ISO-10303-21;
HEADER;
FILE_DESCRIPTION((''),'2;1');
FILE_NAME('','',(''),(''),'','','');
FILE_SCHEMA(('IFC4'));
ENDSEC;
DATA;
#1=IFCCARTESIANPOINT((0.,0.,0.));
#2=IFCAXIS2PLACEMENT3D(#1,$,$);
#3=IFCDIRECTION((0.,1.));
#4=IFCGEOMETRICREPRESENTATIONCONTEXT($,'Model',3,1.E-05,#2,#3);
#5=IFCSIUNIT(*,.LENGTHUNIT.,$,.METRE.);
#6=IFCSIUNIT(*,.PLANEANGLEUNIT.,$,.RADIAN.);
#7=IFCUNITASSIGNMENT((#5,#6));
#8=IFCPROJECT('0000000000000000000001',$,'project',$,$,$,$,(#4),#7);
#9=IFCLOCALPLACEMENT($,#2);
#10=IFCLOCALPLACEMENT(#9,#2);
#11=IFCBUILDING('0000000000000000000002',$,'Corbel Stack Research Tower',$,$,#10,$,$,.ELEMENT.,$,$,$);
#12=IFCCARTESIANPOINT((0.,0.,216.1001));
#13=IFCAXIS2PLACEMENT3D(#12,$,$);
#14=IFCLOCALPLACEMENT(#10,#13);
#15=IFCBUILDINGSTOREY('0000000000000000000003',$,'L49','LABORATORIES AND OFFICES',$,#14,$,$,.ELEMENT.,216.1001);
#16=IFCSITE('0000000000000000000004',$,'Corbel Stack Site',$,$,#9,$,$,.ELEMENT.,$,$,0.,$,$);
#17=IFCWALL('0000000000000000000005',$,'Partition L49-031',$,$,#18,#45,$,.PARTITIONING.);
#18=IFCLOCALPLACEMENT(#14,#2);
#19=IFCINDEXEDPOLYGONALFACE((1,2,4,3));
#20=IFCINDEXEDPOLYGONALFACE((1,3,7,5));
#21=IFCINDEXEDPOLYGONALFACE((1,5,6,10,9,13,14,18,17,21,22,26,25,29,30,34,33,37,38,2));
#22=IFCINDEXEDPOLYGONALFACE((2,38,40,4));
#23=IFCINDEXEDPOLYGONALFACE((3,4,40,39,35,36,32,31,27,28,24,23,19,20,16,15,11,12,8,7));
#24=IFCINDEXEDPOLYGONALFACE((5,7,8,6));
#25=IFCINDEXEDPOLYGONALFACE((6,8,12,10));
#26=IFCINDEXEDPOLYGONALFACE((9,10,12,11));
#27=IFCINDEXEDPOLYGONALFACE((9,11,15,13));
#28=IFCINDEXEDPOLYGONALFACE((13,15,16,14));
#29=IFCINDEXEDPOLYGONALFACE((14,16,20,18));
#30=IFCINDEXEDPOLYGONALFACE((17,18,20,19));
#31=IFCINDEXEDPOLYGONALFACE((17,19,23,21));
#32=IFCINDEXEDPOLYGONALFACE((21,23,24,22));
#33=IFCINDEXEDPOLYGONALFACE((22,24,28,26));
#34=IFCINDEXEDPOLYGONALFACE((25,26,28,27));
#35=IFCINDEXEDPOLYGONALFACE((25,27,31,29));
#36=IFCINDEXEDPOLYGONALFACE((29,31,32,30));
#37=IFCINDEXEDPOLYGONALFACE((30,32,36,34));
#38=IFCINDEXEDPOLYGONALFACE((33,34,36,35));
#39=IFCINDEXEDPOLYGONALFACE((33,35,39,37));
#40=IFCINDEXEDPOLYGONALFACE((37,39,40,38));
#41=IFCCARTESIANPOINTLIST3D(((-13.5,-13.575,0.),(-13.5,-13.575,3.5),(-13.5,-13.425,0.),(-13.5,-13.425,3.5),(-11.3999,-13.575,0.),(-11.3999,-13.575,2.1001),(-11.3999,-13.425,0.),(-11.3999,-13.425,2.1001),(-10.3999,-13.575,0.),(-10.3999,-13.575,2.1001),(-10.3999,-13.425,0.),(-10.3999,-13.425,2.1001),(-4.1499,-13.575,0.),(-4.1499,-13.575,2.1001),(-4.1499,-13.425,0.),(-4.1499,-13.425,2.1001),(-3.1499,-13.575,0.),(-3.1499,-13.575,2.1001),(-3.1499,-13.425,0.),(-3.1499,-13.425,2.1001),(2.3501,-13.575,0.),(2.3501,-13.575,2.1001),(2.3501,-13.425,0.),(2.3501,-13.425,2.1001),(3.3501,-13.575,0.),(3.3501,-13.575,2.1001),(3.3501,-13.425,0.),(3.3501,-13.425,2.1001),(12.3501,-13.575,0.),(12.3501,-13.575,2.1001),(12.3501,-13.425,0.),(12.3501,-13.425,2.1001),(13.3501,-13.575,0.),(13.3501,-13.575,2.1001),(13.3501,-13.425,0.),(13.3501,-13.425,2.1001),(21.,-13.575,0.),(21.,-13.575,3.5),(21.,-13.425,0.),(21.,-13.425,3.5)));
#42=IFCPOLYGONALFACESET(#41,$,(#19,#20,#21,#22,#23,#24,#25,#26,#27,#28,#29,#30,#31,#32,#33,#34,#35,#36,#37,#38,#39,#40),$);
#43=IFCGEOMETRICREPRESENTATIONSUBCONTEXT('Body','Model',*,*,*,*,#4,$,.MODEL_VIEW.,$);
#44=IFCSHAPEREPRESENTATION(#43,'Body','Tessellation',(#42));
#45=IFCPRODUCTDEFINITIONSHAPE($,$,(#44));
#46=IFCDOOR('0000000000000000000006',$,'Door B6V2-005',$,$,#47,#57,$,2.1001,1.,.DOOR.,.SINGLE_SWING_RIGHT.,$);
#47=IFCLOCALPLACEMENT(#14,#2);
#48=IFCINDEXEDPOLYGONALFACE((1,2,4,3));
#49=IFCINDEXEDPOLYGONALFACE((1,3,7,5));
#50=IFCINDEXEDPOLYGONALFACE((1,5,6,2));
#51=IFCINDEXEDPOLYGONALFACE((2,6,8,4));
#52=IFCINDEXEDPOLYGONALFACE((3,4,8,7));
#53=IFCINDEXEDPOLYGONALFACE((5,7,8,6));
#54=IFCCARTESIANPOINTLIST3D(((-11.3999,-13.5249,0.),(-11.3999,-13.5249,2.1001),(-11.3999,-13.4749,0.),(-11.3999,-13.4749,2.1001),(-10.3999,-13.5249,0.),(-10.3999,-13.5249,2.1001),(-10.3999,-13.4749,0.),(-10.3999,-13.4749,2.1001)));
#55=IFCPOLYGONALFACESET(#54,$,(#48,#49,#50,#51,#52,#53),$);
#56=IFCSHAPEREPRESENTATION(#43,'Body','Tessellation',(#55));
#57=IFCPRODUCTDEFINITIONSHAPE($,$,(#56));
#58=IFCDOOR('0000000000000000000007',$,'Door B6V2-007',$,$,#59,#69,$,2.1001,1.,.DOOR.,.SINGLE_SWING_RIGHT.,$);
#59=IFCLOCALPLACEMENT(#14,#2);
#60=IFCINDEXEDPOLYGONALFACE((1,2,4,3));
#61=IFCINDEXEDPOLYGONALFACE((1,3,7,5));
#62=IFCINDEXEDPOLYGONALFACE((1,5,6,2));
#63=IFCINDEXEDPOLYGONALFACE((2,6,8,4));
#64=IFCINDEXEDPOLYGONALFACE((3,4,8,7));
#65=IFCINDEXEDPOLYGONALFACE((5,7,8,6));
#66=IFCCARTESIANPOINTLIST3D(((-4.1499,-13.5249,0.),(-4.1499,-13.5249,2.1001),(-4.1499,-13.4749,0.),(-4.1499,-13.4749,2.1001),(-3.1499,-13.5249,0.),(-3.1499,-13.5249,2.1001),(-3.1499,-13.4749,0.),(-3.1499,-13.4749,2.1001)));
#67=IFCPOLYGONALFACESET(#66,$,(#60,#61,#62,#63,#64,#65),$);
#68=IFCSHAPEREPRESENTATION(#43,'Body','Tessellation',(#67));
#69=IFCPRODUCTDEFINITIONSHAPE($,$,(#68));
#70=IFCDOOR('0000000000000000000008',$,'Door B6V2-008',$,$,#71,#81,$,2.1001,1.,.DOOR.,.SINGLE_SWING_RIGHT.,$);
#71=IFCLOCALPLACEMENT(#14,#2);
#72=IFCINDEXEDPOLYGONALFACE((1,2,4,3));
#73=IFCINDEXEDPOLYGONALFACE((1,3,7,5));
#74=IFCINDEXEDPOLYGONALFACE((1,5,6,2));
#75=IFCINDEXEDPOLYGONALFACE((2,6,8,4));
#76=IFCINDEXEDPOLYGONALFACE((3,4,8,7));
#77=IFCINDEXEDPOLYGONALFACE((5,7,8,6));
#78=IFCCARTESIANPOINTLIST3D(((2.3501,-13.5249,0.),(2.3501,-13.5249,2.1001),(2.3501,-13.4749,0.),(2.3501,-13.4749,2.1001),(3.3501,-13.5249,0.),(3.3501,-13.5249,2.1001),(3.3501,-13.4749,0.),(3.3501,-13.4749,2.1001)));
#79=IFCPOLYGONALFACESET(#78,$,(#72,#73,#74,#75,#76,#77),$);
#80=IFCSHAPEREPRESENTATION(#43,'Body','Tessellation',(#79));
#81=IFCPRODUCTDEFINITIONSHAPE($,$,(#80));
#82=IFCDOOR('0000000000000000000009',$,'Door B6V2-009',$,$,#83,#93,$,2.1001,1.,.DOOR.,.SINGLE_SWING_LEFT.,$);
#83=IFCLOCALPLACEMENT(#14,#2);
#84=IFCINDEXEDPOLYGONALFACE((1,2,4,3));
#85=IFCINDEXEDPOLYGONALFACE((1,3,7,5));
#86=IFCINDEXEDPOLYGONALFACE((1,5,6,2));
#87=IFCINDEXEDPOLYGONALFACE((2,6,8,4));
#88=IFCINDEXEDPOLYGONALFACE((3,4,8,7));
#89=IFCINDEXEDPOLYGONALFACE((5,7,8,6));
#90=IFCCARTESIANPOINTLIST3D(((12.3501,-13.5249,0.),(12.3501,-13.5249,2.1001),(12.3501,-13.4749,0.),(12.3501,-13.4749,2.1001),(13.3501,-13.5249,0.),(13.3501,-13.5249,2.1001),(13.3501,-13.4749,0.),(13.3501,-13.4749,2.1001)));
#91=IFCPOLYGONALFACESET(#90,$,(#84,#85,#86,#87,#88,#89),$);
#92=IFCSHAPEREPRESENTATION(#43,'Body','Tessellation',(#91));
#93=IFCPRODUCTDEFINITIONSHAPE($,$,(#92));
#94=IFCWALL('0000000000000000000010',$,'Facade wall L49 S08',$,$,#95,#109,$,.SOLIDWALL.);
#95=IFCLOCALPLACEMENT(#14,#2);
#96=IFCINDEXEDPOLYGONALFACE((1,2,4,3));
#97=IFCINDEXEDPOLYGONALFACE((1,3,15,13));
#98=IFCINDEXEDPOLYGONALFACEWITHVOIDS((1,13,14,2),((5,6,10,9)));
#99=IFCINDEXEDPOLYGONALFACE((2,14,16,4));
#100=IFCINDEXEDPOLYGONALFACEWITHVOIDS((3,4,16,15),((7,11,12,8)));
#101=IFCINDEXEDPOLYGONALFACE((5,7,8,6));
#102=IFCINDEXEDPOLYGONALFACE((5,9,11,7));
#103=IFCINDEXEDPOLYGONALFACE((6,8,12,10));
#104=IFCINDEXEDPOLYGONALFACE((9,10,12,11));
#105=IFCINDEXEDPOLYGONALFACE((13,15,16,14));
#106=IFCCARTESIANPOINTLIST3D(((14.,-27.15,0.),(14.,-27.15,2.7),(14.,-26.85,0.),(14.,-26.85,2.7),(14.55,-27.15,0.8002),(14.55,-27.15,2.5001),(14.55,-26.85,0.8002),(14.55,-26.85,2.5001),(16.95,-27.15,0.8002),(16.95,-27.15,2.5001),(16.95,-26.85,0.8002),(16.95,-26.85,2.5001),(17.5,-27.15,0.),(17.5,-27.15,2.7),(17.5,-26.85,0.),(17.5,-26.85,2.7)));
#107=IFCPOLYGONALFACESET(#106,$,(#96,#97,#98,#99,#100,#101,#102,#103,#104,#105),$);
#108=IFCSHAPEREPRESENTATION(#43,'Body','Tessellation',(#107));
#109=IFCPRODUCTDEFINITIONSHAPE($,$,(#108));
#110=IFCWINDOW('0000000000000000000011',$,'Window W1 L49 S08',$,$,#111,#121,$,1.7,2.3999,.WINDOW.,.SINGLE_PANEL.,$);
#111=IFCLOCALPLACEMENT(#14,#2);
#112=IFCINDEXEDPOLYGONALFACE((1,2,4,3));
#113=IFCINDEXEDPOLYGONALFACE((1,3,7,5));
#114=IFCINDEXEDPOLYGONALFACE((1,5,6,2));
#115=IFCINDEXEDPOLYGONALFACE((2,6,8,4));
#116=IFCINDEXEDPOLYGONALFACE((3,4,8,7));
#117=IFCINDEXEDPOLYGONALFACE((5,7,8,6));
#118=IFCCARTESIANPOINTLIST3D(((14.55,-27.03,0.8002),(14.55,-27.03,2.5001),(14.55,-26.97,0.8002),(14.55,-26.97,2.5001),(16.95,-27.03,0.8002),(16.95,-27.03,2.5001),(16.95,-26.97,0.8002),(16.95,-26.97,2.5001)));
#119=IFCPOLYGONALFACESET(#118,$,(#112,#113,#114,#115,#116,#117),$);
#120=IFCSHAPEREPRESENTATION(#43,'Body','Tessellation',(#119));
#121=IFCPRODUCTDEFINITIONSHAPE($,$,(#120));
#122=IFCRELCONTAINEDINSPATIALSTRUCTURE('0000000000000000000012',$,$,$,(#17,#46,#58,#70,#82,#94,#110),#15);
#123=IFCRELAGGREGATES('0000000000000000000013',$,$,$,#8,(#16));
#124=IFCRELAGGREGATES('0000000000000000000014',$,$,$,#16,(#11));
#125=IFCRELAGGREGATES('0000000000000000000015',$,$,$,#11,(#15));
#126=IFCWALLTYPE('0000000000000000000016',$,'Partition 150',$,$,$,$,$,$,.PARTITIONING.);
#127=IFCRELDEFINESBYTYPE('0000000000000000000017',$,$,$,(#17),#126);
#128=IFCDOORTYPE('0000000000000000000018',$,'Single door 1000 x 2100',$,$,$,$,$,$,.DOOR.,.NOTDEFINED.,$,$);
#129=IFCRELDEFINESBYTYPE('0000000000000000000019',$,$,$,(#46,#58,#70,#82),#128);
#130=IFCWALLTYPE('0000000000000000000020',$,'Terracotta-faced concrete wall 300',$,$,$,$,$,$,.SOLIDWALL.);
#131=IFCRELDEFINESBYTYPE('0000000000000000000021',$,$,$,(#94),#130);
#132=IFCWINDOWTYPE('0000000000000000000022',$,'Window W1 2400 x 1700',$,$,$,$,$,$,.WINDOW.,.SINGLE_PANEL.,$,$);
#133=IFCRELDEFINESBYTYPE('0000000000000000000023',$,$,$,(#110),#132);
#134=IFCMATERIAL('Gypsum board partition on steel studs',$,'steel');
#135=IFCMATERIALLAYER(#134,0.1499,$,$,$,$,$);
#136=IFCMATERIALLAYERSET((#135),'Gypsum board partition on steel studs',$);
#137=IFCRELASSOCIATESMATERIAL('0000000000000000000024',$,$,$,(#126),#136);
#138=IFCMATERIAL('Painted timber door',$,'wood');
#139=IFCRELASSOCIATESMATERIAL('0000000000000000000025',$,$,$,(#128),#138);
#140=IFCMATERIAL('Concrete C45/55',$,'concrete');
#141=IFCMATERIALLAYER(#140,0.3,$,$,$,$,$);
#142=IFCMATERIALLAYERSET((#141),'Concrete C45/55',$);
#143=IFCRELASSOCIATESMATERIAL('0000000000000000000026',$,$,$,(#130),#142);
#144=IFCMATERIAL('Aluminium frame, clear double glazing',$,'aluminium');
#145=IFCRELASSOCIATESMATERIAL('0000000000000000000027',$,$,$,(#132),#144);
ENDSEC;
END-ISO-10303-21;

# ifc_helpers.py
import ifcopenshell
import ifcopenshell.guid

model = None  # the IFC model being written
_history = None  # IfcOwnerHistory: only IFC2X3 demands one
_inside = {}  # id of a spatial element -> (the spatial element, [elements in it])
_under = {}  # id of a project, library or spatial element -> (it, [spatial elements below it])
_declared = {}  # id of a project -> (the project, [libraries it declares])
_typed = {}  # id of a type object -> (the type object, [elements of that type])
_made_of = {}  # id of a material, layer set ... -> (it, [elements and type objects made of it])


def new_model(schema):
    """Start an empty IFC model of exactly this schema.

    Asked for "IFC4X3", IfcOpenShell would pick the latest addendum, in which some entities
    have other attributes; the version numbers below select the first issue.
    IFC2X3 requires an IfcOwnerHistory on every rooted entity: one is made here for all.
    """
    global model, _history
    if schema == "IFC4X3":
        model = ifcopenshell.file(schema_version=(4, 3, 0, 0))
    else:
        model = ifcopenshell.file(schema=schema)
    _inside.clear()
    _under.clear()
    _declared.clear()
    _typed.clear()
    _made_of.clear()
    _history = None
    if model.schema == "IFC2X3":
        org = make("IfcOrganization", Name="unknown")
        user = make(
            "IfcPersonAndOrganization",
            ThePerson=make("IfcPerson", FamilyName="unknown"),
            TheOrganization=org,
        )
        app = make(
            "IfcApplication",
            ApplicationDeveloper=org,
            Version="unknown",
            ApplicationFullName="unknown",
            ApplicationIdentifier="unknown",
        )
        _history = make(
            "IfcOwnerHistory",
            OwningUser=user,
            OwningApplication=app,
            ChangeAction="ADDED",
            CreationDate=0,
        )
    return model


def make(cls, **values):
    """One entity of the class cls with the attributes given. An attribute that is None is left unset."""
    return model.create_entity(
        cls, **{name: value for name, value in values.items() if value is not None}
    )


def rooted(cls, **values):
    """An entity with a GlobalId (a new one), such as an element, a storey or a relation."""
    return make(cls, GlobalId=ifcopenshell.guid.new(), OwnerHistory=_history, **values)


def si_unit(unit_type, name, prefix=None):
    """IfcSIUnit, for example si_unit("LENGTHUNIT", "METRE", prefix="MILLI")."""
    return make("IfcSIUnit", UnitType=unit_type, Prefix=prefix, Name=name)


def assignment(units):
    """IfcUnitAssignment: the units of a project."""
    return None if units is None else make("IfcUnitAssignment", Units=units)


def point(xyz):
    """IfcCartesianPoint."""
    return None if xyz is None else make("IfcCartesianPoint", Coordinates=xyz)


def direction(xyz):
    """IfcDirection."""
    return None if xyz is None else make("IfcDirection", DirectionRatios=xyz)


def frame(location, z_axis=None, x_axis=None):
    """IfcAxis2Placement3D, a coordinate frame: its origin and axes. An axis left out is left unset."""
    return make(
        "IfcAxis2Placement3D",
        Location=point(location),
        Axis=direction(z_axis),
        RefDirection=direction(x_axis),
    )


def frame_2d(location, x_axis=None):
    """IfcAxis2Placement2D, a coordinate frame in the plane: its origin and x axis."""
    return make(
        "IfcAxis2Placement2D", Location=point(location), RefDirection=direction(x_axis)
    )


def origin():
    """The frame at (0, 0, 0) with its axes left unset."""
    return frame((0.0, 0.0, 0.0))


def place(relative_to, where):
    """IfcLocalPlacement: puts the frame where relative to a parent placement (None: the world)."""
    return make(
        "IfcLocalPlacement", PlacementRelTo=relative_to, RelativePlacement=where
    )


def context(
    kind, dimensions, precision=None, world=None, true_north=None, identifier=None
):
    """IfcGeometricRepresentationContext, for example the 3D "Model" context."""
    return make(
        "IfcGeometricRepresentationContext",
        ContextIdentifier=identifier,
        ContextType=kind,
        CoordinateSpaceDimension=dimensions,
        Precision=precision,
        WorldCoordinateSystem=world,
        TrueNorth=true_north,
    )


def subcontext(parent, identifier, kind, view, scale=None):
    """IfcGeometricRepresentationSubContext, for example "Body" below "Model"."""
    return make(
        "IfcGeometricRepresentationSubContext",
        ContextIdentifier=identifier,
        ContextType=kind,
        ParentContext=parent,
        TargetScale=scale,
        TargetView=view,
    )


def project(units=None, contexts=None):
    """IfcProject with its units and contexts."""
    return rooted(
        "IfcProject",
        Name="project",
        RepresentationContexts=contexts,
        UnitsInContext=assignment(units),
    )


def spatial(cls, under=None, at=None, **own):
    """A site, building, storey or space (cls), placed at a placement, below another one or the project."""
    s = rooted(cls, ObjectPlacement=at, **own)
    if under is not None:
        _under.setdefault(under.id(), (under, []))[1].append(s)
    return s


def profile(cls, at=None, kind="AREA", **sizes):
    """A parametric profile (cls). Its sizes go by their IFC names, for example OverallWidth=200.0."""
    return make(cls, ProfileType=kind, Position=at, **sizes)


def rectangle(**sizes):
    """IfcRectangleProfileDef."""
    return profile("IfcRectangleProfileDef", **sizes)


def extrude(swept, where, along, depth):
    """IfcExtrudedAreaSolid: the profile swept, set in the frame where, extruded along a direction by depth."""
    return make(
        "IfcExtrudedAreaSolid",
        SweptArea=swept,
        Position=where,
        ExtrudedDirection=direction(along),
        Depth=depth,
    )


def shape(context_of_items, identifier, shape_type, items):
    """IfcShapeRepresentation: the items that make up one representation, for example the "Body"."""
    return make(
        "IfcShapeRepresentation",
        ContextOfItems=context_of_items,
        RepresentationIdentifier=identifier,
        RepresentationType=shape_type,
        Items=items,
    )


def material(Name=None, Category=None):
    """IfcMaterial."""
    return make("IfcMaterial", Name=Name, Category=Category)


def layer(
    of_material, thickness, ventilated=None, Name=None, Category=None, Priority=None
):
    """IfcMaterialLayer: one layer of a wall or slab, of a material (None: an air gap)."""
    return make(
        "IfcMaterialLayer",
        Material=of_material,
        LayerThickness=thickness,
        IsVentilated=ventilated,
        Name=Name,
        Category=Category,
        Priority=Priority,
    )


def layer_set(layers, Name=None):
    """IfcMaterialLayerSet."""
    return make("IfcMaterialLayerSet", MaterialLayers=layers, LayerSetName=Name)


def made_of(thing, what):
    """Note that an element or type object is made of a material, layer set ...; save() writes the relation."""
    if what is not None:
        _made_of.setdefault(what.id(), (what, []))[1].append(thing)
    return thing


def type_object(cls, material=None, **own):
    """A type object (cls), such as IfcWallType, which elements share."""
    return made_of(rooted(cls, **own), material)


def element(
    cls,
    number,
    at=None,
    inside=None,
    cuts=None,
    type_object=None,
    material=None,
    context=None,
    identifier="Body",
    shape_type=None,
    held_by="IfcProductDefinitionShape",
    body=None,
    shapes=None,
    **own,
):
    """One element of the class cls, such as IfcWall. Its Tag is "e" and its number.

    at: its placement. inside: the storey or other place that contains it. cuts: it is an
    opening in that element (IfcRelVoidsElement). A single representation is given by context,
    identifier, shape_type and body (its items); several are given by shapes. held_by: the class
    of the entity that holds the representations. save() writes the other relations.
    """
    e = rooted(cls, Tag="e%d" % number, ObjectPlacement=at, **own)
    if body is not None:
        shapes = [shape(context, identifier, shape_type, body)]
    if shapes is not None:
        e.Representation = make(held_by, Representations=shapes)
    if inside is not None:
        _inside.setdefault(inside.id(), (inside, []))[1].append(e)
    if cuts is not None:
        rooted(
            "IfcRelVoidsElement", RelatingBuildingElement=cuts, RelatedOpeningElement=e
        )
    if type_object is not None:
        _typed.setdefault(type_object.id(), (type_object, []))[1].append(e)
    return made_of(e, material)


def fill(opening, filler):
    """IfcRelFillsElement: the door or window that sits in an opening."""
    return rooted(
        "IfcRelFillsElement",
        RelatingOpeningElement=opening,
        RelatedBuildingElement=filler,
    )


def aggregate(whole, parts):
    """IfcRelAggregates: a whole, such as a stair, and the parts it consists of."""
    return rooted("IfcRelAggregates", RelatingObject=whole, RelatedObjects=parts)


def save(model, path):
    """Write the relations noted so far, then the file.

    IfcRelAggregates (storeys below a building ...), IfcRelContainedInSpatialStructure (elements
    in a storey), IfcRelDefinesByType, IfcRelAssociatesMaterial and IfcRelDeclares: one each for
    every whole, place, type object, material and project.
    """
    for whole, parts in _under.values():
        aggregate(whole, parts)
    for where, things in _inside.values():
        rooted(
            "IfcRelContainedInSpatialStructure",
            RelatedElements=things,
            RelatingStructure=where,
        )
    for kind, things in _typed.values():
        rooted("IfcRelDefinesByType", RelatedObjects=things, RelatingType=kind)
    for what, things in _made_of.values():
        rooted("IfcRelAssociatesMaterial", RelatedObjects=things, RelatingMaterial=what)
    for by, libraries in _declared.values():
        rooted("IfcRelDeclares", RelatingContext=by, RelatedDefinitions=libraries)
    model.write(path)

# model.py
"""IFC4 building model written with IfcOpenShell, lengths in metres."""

from ifc_helpers import new_model, si_unit, direction, frame, frame_2d, origin, place, context, subcontext, project, spatial, rectangle, extrude, material, layer, layer_set, type_object, element, fill, save


model = new_model("IFC4")

# Units and contexts
model_context = context("Model", 3, precision=1e-05, world=origin(), true_north=direction((0.0, 1.0)))
body_context = subcontext(model_context, "Body", "Model", "MODEL_VIEW")
ifc_project = project(units=[si_unit("LENGTHUNIT", "METRE"), si_unit("PLANEANGLEUNIT", "RADIAN")], contexts=[model_context])

# Site, building, storey
site_placement = place(None, origin())
site = spatial("IfcSite", under=ifc_project, at=site_placement, Name="Corbel Stack Site", CompositionType="ELEMENT", RefElevation=0.0)
building_placement = place(site_placement, origin())
building = spatial("IfcBuilding", under=site, at=building_placement, Name="Corbel Stack Research Tower", CompositionType="ELEMENT")
storey_placement = place(building_placement, frame((0.0, 0.0, 216.1001)))
storey = spatial("IfcBuildingStorey", under=building, at=storey_placement, Name="L49", Description="LABORATORIES AND OFFICES", CompositionType="ELEMENT", Elevation=216.1001)

# Wall, openings, doors
ifc_material_1 = material(Name="Gypsum board partition on steel studs", Category="steel")
ifc_layer_1 = layer(ifc_material_1, 0.1499)
ifc_layer_set_1 = layer_set([ifc_layer_1], Name="Gypsum board partition on steel studs")
wall_type_1 = type_object("IfcWallType", Name="Partition 150", PredefinedType="PARTITIONING", material=ifc_layer_set_1)
ifc_material_2 = material(Name="Painted timber door", Category="wood")
door_type = type_object("IfcDoorType", Name="Single door 1000 x 2100", OperationType="NOTDEFINED", PredefinedType="DOOR", material=ifc_material_2)
wall_1_placement = place(storey_placement, frame((21.0, -13.5, 0.0), z_axis=(0.0, 0.0, 1.0), x_axis=(-1.0, 0.0, 0.0)))
wall_1 = element("IfcWall", 1, at=wall_1_placement, inside=storey, type_object=wall_type_1, Name="Partition L49-031", PredefinedType="PARTITIONING", context=body_context, shape_type="SweptSolid", body=[
    extrude(rectangle(XDim=34.5, YDim=0.1499, at=frame_2d((17.25, 0.0))), origin(), (0.0, 0.0, 1.0), 3.5),
])
opening_1_placement = place(wall_1_placement, frame((31.3999, 0.0, 0.0)))
opening_1 = element("IfcOpeningElement", 2, at=opening_1_placement, cuts=wall_1, PredefinedType="OPENING", context=body_context, shape_type="SweptSolid", body=[
    extrude(rectangle(XDim=1.0, YDim=2.1001, at=frame_2d((0.5, 1.05))), frame((0.0, 0.085, 0.0), z_axis=(0.0, -1.0, 0.0), x_axis=(1.0, 0.0, 0.0)), (0.0, 0.0, 1.0), 0.1699),
])
opening_2_placement = place(wall_1_placement, frame((24.1499, 0.0, 0.0)))
opening_2 = element("IfcOpeningElement", 3, at=opening_2_placement, cuts=wall_1, PredefinedType="OPENING", context=body_context, shape_type="SweptSolid", body=[
    extrude(rectangle(XDim=1.0, YDim=2.1001, at=frame_2d((0.5, 1.05))), frame((0.0, 0.085, 0.0), z_axis=(0.0, -1.0, 0.0), x_axis=(1.0, 0.0, 0.0)), (0.0, 0.0, 1.0), 0.1699),
])
opening_3_placement = place(wall_1_placement, frame((17.6499, 0.0, 0.0)))
opening_3 = element("IfcOpeningElement", 4, at=opening_3_placement, cuts=wall_1, PredefinedType="OPENING", context=body_context, shape_type="SweptSolid", body=[
    extrude(rectangle(XDim=1.0, YDim=2.1001, at=frame_2d((0.5, 1.05))), frame((0.0, 0.085, 0.0), z_axis=(0.0, -1.0, 0.0), x_axis=(1.0, 0.0, 0.0)), (0.0, 0.0, 1.0), 0.1699),
])
opening_4_placement = place(wall_1_placement, frame((7.6499, 0.0, 0.0)))
opening_4 = element("IfcOpeningElement", 5, at=opening_4_placement, cuts=wall_1, PredefinedType="OPENING", context=body_context, shape_type="SweptSolid", body=[
    extrude(rectangle(XDim=1.0, YDim=2.1001, at=frame_2d((0.5, 1.05))), frame((0.0, 0.085, 0.0), z_axis=(0.0, -1.0, 0.0), x_axis=(1.0, 0.0, 0.0)), (0.0, 0.0, 1.0), 0.1699),
])
door_1_placement = place(opening_1_placement, origin())
door_1 = element("IfcDoor", 6, at=door_1_placement, inside=storey, type_object=door_type, Name="Door B6V2-005", OperationType="SINGLE_SWING_RIGHT", OverallHeight=2.1001, OverallWidth=1.0, PredefinedType="DOOR", context=body_context, shape_type="SweptSolid", body=[
    extrude(rectangle(XDim=1.0, YDim=2.1001, at=frame_2d((0.5, 1.05))), frame((0.0, 0.0249, 0.0), z_axis=(0.0, -1.0, 0.0), x_axis=(1.0, 0.0, 0.0)), (0.0, 0.0, 1.0), 0.05),
])
fill(opening_1, door_1)
door_2_placement = place(opening_2_placement, origin())
door_2 = element("IfcDoor", 7, at=door_2_placement, inside=storey, type_object=door_type, Name="Door B6V2-007", OperationType="SINGLE_SWING_RIGHT", OverallHeight=2.1001, OverallWidth=1.0, PredefinedType="DOOR", context=body_context, shape_type="SweptSolid", body=[
    extrude(rectangle(XDim=1.0, YDim=2.1001, at=frame_2d((0.5, 1.05))), frame((0.0, 0.0249, 0.0), z_axis=(0.0, -1.0, 0.0), x_axis=(1.0, 0.0, 0.0)), (0.0, 0.0, 1.0), 0.05),
])
fill(opening_2, door_2)
door_3_placement = place(opening_3_placement, origin())
door_3 = element("IfcDoor", 8, at=door_3_placement, inside=storey, type_object=door_type, Name="Door B6V2-008", OperationType="SINGLE_SWING_RIGHT", OverallHeight=2.1001, OverallWidth=1.0, PredefinedType="DOOR", context=body_context, shape_type="SweptSolid", body=[
    extrude(rectangle(XDim=1.0, YDim=2.1001, at=frame_2d((0.5, 1.05))), frame((0.0, 0.0249, 0.0), z_axis=(0.0, -1.0, 0.0), x_axis=(1.0, 0.0, 0.0)), (0.0, 0.0, 1.0), 0.05),
])
fill(opening_3, door_3)
door_4_placement = place(opening_4_placement, origin())
door_4 = element("IfcDoor", 9, at=door_4_placement, inside=storey, type_object=door_type, Name="Door B6V2-009", OperationType="SINGLE_SWING_LEFT", OverallHeight=2.1001, OverallWidth=1.0, PredefinedType="DOOR", context=body_context, shape_type="SweptSolid", body=[
    extrude(rectangle(XDim=1.0, YDim=2.1001, at=frame_2d((0.5, 1.05))), frame((0.0, 0.0249, 0.0), z_axis=(0.0, -1.0, 0.0), x_axis=(1.0, 0.0, 0.0)), (0.0, 0.0, 1.0), 0.05),
])
fill(opening_4, door_4)

# Wall, opening, window
ifc_material_3 = material(Name="Concrete C45/55", Category="concrete")
ifc_layer_2 = layer(ifc_material_3, 0.3)
ifc_layer_set_2 = layer_set([ifc_layer_2], Name="Concrete C45/55")
wall_type_2 = type_object("IfcWallType", Name="Terracotta-faced concrete wall 300", PredefinedType="SOLIDWALL", material=ifc_layer_set_2)
wall_2_placement = place(storey_placement, frame((17.5, -27.0, 0.0), z_axis=(0.0, 0.0, 1.0), x_axis=(-1.0, 0.0, 0.0)))
wall_2 = element("IfcWall", 10, at=wall_2_placement, inside=storey, type_object=wall_type_2, Name="Facade wall L49 S08", PredefinedType="SOLIDWALL", context=body_context, shape_type="SweptSolid", body=[
    extrude(rectangle(XDim=3.5, YDim=0.3, at=frame_2d((1.75, 0.0))), origin(), (0.0, 0.0, 1.0), 2.7),
])
opening_5_placement = place(wall_2_placement, frame((0.55, 0.0, 0.8)))
opening_5 = element("IfcOpeningElement", 11, at=opening_5_placement, cuts=wall_2, PredefinedType="OPENING", context=body_context, shape_type="SweptSolid", body=[
    extrude(rectangle(XDim=2.3999, YDim=1.7, at=frame_2d((1.2, 0.8501))), frame((0.0, 0.1599, 0.0), z_axis=(0.0, -1.0, 0.0), x_axis=(1.0, 0.0, 0.0)), (0.0, 0.0, 1.0), 0.3201),
])
ifc_material_4 = material(Name="Aluminium frame, clear double glazing", Category="aluminium")
window_type = type_object("IfcWindowType", Name="Window W1 2400 x 1700", PartitioningType="SINGLE_PANEL", PredefinedType="WINDOW", material=ifc_material_4)
window_placement = place(opening_5_placement, origin())
window = element("IfcWindow", 12, at=window_placement, inside=storey, type_object=window_type, Name="Window W1 L49 S08", OverallHeight=1.7, OverallWidth=2.3999, PartitioningType="SINGLE_PANEL", PredefinedType="WINDOW", context=body_context, shape_type="SweptSolid", body=[
    extrude(rectangle(XDim=2.3999, YDim=1.7, at=frame_2d((1.2, 0.8501))), frame((0.0, 0.03, 0.0), z_axis=(0.0, -1.0, 0.0), x_axis=(1.0, 0.0, 0.0)), (0.0, 0.0, 1.0), 0.0601),
])
fill(opening_5, window)

save(model, "model.ifc")
